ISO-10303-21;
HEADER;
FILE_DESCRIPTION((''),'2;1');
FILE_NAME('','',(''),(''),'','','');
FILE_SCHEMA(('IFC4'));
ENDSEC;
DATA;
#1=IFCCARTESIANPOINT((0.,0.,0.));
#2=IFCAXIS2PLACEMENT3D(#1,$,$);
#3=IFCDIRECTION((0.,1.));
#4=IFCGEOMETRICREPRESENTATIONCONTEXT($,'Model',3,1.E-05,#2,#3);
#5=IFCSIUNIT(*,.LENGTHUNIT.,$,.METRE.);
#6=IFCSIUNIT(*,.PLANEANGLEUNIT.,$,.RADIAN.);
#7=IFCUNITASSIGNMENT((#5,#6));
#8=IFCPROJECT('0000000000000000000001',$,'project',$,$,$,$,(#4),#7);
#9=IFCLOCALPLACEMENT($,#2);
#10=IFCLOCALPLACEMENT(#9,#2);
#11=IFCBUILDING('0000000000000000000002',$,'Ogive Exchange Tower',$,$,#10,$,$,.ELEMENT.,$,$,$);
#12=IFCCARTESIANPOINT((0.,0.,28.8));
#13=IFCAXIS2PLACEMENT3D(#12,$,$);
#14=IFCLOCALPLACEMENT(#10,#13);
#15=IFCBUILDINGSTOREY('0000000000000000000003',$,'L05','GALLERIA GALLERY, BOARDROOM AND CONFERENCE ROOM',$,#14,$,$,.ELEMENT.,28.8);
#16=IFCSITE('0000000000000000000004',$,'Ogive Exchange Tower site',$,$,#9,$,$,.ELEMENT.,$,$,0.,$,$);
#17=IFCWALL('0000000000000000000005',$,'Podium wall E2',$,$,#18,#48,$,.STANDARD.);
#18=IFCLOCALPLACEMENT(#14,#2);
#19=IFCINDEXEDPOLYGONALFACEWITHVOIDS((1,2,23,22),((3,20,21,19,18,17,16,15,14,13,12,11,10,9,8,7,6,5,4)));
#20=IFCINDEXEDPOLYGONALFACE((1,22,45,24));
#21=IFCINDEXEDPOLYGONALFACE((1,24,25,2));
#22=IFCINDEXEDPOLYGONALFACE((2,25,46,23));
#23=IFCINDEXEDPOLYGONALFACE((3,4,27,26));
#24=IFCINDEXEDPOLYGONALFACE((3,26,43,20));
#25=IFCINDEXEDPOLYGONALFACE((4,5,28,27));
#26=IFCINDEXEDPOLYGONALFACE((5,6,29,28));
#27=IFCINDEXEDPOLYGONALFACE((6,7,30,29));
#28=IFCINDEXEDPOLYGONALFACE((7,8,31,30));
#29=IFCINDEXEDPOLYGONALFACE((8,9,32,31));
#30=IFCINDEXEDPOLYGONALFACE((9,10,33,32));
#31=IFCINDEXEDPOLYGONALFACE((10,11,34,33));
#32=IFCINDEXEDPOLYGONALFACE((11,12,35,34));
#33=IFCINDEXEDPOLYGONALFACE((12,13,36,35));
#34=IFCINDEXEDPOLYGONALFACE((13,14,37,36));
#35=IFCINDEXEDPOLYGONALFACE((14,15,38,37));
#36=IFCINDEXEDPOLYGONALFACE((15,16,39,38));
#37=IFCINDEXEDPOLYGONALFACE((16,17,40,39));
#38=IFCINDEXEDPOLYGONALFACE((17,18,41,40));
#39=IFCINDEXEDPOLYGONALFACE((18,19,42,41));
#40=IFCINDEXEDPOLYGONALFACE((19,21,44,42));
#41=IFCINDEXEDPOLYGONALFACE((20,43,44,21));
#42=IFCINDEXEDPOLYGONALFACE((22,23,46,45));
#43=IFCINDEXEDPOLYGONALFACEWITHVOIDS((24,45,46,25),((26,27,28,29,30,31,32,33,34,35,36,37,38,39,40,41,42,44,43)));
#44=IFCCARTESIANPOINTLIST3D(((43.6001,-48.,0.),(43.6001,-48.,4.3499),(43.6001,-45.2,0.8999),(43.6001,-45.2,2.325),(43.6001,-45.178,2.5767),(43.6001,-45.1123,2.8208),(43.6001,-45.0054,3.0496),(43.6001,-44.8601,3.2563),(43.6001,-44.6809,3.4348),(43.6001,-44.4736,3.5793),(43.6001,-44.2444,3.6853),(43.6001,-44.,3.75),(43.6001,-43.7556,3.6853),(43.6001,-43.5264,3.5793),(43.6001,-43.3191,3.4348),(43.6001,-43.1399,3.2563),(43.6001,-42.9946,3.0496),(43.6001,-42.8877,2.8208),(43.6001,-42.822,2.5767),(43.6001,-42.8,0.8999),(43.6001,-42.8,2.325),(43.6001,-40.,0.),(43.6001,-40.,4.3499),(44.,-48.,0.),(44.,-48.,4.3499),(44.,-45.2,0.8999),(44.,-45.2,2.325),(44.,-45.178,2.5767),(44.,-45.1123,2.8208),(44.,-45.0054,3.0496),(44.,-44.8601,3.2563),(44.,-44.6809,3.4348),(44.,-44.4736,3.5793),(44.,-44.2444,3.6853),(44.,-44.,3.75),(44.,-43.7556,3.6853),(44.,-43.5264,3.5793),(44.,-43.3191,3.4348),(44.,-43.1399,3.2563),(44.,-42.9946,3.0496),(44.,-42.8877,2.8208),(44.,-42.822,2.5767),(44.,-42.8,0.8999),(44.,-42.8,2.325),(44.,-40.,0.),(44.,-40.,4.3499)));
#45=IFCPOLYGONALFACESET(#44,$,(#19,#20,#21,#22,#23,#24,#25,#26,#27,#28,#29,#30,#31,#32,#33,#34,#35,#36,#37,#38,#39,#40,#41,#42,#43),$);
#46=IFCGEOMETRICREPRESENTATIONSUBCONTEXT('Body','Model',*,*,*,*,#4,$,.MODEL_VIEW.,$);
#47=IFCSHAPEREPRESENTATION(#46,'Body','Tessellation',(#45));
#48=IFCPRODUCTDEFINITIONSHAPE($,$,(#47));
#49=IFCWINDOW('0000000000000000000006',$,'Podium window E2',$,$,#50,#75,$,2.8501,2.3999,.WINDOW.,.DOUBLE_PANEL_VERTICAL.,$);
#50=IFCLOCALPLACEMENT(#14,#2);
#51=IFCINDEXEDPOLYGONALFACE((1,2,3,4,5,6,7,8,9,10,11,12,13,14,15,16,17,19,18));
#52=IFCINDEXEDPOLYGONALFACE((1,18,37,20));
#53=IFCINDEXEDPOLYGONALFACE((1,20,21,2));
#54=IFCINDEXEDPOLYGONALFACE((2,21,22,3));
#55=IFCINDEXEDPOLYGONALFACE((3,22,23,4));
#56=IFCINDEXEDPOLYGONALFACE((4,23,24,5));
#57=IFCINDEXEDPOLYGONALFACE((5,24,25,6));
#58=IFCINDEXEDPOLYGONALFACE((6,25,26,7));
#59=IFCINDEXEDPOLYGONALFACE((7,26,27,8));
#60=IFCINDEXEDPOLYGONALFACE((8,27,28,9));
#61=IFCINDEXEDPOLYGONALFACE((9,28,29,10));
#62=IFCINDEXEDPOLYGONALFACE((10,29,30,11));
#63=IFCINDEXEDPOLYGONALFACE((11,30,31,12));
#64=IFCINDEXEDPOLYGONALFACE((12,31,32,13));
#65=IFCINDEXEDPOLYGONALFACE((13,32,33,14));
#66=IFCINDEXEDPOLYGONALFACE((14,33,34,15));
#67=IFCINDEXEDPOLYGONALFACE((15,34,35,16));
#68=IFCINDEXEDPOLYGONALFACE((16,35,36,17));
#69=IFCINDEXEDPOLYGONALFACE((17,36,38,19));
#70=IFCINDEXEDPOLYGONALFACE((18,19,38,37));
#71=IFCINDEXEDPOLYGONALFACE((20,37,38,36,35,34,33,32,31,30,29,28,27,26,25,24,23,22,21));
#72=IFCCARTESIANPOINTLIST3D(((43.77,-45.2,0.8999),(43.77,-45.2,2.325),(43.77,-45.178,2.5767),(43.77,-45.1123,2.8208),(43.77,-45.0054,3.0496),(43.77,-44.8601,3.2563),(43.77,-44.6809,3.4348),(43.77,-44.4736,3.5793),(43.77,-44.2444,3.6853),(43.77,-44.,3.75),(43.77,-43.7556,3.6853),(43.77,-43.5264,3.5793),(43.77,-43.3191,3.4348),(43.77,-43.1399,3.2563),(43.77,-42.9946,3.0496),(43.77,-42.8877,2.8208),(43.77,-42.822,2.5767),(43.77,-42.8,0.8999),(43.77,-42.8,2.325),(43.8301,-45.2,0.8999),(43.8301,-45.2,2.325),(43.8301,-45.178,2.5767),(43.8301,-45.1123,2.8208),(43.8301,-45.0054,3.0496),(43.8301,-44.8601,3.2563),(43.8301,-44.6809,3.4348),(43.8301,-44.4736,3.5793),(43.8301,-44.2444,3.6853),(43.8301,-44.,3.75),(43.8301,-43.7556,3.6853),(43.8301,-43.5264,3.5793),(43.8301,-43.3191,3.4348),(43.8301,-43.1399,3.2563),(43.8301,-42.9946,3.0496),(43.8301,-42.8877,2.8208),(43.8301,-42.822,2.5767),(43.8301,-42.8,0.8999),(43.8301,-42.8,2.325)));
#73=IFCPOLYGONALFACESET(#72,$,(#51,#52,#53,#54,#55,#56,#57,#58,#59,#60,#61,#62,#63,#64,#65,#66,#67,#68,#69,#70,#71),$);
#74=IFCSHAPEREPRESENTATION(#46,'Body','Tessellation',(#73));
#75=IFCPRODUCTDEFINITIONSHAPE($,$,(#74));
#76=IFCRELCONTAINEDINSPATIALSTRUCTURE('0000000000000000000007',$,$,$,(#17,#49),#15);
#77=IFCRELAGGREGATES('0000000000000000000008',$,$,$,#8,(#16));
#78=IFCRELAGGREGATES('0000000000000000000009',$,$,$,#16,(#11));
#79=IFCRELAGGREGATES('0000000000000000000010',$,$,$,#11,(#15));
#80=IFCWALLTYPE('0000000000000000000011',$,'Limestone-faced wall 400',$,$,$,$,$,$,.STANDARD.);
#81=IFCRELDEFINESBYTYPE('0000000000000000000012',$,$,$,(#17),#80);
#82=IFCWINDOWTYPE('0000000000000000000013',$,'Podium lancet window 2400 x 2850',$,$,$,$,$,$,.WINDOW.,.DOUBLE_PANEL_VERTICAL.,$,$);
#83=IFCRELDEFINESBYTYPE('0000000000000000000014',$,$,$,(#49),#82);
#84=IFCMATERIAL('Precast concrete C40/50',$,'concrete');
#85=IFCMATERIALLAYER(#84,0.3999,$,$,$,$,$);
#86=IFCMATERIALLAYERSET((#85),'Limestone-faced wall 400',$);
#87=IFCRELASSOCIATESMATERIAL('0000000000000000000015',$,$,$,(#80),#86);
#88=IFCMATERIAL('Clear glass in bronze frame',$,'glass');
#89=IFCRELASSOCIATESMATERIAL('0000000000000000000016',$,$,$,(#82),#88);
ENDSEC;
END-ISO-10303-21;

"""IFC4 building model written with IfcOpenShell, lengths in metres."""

from ifc_helpers import new_model, si_unit, direction, frame, frame_2d, origin, place, context, subcontext, project, spatial, polyline, rectangle, outline, extrude, material, layer, layer_set, type_object, element, fill, save


model = new_model("IFC4")

# Units and contexts
model_context = context("Model", 3, precision=1e-05, world=origin(), true_north=direction((0.0, 1.0)))
body_context = subcontext(model_context, "Body", "Model", "MODEL_VIEW")
ifc_project = project(units=[si_unit("LENGTHUNIT", "METRE"), si_unit("PLANEANGLEUNIT", "RADIAN")], contexts=[model_context])

# Site, building, storey
site_placement = place(None, origin())
site = spatial("IfcSite", under=ifc_project, at=site_placement, Name="Ogive Exchange Tower site", CompositionType="ELEMENT", RefElevation=0.0)
building_placement = place(site_placement, origin())
building = spatial("IfcBuilding", under=site, at=building_placement, Name="Ogive Exchange Tower", CompositionType="ELEMENT")
storey_placement = place(building_placement, frame((0.0, 0.0, 28.8)))
storey = spatial("IfcBuildingStorey", under=building, at=storey_placement, Name="L05", Description="GALLERIA GALLERY, BOARDROOM AND CONFERENCE ROOM", CompositionType="ELEMENT", Elevation=28.8)

# Shared definitions
ifc_material_1 = material(Name="Precast concrete C40/50", Category="concrete")
ifc_layer_1 = layer(ifc_material_1, 0.3999)
ifc_layer_set_1 = layer_set([ifc_layer_1], Name="Limestone-faced wall 400")
wall_type_1 = type_object("IfcWallType", Name="Limestone-faced wall 400", PredefinedType="STANDARD", material=ifc_layer_set_1)

# Wall, opening, window
wall_1_placement = place(storey_placement, frame((43.8, -48.0, 0.0), z_axis=(0.0, 0.0, 1.0), x_axis=(0.0, 1.0, 0.0)))
wall_1 = element("IfcWall", 1, at=wall_1_placement, inside=storey, type_object=wall_type_1, Name="Podium wall E2", PredefinedType="STANDARD", context=body_context, shape_type="SweptSolid", body=[
    extrude(rectangle(XDim=8.0, YDim=0.3999, at=frame_2d((4.0, 0.0))), origin(), (0.0, 0.0, 1.0), 4.3499),
])
opening_1_placement = place(wall_1_placement, frame((2.8, 0.0, 0.8999)))
opening_1 = element("IfcOpeningElement", 2, at=opening_1_placement, cuts=wall_1, PredefinedType="OPENING", context=body_context, shape_type="SweptSolid", body=[
    extrude(outline(polyline([(0.0, 0.0), (2.3999, 0.0), (2.3999, 1.425), (2.3779, 1.6768), (2.3123, 1.9209), (2.2053, 2.1497), (2.0601, 2.3564), (1.8809, 2.5349), (1.6736, 2.6794), (1.4443, 2.7854), (1.2, 2.8501), (0.9556, 2.7854), (0.7263, 2.6794), (0.519, 2.5349), (0.3398, 2.3564), (0.1946, 2.1497), (0.0876, 1.9209), (0.022, 1.6768), (0.0, 1.425), (0.0, 0.0)])), frame((0.0, 0.21, 0.0), z_axis=(0.0, -1.0, 0.0), x_axis=(1.0, 0.0, 0.0)), (0.0, 0.0, 1.0), 0.4199),
])
ifc_material_2 = material(Name="Clear glass in bronze frame", Category="glass")
window_type_1 = type_object("IfcWindowType", Name="Podium lancet window 2400 x 2850", PartitioningType="DOUBLE_PANEL_VERTICAL", PredefinedType="WINDOW", material=ifc_material_2)
window_1_placement = place(opening_1_placement, origin())
window_1 = element("IfcWindow", 3, at=window_1_placement, inside=storey, type_object=window_type_1, Name="Podium window E2", OverallHeight=2.8501, OverallWidth=2.3999, PartitioningType="DOUBLE_PANEL_VERTICAL", PredefinedType="WINDOW", context=body_context, shape_type="SweptSolid", body=[
    extrude(outline(polyline([(0.0, 0.0), (2.3999, 0.0), (2.3999, 1.425), (2.3779, 1.6768), (2.3123, 1.9209), (2.2053, 2.1497), (2.0601, 2.3564), (1.8809, 2.5349), (1.6736, 2.6794), (1.4443, 2.7854), (1.2, 2.8501), (0.9556, 2.7854), (0.7263, 2.6794), (0.519, 2.5349), (0.3398, 2.3564), (0.1946, 2.1497), (0.0876, 1.9209), (0.022, 1.6768), (0.0, 1.425), (0.0, 0.0)])), frame((0.0, 0.03, 0.0), z_axis=(0.0, -1.0, 0.0), x_axis=(1.0, 0.0, 0.0)), (0.0, 0.0, 1.0), 0.0601),
])
fill(opening_1, window_1)

save(model, "model.ifc")
